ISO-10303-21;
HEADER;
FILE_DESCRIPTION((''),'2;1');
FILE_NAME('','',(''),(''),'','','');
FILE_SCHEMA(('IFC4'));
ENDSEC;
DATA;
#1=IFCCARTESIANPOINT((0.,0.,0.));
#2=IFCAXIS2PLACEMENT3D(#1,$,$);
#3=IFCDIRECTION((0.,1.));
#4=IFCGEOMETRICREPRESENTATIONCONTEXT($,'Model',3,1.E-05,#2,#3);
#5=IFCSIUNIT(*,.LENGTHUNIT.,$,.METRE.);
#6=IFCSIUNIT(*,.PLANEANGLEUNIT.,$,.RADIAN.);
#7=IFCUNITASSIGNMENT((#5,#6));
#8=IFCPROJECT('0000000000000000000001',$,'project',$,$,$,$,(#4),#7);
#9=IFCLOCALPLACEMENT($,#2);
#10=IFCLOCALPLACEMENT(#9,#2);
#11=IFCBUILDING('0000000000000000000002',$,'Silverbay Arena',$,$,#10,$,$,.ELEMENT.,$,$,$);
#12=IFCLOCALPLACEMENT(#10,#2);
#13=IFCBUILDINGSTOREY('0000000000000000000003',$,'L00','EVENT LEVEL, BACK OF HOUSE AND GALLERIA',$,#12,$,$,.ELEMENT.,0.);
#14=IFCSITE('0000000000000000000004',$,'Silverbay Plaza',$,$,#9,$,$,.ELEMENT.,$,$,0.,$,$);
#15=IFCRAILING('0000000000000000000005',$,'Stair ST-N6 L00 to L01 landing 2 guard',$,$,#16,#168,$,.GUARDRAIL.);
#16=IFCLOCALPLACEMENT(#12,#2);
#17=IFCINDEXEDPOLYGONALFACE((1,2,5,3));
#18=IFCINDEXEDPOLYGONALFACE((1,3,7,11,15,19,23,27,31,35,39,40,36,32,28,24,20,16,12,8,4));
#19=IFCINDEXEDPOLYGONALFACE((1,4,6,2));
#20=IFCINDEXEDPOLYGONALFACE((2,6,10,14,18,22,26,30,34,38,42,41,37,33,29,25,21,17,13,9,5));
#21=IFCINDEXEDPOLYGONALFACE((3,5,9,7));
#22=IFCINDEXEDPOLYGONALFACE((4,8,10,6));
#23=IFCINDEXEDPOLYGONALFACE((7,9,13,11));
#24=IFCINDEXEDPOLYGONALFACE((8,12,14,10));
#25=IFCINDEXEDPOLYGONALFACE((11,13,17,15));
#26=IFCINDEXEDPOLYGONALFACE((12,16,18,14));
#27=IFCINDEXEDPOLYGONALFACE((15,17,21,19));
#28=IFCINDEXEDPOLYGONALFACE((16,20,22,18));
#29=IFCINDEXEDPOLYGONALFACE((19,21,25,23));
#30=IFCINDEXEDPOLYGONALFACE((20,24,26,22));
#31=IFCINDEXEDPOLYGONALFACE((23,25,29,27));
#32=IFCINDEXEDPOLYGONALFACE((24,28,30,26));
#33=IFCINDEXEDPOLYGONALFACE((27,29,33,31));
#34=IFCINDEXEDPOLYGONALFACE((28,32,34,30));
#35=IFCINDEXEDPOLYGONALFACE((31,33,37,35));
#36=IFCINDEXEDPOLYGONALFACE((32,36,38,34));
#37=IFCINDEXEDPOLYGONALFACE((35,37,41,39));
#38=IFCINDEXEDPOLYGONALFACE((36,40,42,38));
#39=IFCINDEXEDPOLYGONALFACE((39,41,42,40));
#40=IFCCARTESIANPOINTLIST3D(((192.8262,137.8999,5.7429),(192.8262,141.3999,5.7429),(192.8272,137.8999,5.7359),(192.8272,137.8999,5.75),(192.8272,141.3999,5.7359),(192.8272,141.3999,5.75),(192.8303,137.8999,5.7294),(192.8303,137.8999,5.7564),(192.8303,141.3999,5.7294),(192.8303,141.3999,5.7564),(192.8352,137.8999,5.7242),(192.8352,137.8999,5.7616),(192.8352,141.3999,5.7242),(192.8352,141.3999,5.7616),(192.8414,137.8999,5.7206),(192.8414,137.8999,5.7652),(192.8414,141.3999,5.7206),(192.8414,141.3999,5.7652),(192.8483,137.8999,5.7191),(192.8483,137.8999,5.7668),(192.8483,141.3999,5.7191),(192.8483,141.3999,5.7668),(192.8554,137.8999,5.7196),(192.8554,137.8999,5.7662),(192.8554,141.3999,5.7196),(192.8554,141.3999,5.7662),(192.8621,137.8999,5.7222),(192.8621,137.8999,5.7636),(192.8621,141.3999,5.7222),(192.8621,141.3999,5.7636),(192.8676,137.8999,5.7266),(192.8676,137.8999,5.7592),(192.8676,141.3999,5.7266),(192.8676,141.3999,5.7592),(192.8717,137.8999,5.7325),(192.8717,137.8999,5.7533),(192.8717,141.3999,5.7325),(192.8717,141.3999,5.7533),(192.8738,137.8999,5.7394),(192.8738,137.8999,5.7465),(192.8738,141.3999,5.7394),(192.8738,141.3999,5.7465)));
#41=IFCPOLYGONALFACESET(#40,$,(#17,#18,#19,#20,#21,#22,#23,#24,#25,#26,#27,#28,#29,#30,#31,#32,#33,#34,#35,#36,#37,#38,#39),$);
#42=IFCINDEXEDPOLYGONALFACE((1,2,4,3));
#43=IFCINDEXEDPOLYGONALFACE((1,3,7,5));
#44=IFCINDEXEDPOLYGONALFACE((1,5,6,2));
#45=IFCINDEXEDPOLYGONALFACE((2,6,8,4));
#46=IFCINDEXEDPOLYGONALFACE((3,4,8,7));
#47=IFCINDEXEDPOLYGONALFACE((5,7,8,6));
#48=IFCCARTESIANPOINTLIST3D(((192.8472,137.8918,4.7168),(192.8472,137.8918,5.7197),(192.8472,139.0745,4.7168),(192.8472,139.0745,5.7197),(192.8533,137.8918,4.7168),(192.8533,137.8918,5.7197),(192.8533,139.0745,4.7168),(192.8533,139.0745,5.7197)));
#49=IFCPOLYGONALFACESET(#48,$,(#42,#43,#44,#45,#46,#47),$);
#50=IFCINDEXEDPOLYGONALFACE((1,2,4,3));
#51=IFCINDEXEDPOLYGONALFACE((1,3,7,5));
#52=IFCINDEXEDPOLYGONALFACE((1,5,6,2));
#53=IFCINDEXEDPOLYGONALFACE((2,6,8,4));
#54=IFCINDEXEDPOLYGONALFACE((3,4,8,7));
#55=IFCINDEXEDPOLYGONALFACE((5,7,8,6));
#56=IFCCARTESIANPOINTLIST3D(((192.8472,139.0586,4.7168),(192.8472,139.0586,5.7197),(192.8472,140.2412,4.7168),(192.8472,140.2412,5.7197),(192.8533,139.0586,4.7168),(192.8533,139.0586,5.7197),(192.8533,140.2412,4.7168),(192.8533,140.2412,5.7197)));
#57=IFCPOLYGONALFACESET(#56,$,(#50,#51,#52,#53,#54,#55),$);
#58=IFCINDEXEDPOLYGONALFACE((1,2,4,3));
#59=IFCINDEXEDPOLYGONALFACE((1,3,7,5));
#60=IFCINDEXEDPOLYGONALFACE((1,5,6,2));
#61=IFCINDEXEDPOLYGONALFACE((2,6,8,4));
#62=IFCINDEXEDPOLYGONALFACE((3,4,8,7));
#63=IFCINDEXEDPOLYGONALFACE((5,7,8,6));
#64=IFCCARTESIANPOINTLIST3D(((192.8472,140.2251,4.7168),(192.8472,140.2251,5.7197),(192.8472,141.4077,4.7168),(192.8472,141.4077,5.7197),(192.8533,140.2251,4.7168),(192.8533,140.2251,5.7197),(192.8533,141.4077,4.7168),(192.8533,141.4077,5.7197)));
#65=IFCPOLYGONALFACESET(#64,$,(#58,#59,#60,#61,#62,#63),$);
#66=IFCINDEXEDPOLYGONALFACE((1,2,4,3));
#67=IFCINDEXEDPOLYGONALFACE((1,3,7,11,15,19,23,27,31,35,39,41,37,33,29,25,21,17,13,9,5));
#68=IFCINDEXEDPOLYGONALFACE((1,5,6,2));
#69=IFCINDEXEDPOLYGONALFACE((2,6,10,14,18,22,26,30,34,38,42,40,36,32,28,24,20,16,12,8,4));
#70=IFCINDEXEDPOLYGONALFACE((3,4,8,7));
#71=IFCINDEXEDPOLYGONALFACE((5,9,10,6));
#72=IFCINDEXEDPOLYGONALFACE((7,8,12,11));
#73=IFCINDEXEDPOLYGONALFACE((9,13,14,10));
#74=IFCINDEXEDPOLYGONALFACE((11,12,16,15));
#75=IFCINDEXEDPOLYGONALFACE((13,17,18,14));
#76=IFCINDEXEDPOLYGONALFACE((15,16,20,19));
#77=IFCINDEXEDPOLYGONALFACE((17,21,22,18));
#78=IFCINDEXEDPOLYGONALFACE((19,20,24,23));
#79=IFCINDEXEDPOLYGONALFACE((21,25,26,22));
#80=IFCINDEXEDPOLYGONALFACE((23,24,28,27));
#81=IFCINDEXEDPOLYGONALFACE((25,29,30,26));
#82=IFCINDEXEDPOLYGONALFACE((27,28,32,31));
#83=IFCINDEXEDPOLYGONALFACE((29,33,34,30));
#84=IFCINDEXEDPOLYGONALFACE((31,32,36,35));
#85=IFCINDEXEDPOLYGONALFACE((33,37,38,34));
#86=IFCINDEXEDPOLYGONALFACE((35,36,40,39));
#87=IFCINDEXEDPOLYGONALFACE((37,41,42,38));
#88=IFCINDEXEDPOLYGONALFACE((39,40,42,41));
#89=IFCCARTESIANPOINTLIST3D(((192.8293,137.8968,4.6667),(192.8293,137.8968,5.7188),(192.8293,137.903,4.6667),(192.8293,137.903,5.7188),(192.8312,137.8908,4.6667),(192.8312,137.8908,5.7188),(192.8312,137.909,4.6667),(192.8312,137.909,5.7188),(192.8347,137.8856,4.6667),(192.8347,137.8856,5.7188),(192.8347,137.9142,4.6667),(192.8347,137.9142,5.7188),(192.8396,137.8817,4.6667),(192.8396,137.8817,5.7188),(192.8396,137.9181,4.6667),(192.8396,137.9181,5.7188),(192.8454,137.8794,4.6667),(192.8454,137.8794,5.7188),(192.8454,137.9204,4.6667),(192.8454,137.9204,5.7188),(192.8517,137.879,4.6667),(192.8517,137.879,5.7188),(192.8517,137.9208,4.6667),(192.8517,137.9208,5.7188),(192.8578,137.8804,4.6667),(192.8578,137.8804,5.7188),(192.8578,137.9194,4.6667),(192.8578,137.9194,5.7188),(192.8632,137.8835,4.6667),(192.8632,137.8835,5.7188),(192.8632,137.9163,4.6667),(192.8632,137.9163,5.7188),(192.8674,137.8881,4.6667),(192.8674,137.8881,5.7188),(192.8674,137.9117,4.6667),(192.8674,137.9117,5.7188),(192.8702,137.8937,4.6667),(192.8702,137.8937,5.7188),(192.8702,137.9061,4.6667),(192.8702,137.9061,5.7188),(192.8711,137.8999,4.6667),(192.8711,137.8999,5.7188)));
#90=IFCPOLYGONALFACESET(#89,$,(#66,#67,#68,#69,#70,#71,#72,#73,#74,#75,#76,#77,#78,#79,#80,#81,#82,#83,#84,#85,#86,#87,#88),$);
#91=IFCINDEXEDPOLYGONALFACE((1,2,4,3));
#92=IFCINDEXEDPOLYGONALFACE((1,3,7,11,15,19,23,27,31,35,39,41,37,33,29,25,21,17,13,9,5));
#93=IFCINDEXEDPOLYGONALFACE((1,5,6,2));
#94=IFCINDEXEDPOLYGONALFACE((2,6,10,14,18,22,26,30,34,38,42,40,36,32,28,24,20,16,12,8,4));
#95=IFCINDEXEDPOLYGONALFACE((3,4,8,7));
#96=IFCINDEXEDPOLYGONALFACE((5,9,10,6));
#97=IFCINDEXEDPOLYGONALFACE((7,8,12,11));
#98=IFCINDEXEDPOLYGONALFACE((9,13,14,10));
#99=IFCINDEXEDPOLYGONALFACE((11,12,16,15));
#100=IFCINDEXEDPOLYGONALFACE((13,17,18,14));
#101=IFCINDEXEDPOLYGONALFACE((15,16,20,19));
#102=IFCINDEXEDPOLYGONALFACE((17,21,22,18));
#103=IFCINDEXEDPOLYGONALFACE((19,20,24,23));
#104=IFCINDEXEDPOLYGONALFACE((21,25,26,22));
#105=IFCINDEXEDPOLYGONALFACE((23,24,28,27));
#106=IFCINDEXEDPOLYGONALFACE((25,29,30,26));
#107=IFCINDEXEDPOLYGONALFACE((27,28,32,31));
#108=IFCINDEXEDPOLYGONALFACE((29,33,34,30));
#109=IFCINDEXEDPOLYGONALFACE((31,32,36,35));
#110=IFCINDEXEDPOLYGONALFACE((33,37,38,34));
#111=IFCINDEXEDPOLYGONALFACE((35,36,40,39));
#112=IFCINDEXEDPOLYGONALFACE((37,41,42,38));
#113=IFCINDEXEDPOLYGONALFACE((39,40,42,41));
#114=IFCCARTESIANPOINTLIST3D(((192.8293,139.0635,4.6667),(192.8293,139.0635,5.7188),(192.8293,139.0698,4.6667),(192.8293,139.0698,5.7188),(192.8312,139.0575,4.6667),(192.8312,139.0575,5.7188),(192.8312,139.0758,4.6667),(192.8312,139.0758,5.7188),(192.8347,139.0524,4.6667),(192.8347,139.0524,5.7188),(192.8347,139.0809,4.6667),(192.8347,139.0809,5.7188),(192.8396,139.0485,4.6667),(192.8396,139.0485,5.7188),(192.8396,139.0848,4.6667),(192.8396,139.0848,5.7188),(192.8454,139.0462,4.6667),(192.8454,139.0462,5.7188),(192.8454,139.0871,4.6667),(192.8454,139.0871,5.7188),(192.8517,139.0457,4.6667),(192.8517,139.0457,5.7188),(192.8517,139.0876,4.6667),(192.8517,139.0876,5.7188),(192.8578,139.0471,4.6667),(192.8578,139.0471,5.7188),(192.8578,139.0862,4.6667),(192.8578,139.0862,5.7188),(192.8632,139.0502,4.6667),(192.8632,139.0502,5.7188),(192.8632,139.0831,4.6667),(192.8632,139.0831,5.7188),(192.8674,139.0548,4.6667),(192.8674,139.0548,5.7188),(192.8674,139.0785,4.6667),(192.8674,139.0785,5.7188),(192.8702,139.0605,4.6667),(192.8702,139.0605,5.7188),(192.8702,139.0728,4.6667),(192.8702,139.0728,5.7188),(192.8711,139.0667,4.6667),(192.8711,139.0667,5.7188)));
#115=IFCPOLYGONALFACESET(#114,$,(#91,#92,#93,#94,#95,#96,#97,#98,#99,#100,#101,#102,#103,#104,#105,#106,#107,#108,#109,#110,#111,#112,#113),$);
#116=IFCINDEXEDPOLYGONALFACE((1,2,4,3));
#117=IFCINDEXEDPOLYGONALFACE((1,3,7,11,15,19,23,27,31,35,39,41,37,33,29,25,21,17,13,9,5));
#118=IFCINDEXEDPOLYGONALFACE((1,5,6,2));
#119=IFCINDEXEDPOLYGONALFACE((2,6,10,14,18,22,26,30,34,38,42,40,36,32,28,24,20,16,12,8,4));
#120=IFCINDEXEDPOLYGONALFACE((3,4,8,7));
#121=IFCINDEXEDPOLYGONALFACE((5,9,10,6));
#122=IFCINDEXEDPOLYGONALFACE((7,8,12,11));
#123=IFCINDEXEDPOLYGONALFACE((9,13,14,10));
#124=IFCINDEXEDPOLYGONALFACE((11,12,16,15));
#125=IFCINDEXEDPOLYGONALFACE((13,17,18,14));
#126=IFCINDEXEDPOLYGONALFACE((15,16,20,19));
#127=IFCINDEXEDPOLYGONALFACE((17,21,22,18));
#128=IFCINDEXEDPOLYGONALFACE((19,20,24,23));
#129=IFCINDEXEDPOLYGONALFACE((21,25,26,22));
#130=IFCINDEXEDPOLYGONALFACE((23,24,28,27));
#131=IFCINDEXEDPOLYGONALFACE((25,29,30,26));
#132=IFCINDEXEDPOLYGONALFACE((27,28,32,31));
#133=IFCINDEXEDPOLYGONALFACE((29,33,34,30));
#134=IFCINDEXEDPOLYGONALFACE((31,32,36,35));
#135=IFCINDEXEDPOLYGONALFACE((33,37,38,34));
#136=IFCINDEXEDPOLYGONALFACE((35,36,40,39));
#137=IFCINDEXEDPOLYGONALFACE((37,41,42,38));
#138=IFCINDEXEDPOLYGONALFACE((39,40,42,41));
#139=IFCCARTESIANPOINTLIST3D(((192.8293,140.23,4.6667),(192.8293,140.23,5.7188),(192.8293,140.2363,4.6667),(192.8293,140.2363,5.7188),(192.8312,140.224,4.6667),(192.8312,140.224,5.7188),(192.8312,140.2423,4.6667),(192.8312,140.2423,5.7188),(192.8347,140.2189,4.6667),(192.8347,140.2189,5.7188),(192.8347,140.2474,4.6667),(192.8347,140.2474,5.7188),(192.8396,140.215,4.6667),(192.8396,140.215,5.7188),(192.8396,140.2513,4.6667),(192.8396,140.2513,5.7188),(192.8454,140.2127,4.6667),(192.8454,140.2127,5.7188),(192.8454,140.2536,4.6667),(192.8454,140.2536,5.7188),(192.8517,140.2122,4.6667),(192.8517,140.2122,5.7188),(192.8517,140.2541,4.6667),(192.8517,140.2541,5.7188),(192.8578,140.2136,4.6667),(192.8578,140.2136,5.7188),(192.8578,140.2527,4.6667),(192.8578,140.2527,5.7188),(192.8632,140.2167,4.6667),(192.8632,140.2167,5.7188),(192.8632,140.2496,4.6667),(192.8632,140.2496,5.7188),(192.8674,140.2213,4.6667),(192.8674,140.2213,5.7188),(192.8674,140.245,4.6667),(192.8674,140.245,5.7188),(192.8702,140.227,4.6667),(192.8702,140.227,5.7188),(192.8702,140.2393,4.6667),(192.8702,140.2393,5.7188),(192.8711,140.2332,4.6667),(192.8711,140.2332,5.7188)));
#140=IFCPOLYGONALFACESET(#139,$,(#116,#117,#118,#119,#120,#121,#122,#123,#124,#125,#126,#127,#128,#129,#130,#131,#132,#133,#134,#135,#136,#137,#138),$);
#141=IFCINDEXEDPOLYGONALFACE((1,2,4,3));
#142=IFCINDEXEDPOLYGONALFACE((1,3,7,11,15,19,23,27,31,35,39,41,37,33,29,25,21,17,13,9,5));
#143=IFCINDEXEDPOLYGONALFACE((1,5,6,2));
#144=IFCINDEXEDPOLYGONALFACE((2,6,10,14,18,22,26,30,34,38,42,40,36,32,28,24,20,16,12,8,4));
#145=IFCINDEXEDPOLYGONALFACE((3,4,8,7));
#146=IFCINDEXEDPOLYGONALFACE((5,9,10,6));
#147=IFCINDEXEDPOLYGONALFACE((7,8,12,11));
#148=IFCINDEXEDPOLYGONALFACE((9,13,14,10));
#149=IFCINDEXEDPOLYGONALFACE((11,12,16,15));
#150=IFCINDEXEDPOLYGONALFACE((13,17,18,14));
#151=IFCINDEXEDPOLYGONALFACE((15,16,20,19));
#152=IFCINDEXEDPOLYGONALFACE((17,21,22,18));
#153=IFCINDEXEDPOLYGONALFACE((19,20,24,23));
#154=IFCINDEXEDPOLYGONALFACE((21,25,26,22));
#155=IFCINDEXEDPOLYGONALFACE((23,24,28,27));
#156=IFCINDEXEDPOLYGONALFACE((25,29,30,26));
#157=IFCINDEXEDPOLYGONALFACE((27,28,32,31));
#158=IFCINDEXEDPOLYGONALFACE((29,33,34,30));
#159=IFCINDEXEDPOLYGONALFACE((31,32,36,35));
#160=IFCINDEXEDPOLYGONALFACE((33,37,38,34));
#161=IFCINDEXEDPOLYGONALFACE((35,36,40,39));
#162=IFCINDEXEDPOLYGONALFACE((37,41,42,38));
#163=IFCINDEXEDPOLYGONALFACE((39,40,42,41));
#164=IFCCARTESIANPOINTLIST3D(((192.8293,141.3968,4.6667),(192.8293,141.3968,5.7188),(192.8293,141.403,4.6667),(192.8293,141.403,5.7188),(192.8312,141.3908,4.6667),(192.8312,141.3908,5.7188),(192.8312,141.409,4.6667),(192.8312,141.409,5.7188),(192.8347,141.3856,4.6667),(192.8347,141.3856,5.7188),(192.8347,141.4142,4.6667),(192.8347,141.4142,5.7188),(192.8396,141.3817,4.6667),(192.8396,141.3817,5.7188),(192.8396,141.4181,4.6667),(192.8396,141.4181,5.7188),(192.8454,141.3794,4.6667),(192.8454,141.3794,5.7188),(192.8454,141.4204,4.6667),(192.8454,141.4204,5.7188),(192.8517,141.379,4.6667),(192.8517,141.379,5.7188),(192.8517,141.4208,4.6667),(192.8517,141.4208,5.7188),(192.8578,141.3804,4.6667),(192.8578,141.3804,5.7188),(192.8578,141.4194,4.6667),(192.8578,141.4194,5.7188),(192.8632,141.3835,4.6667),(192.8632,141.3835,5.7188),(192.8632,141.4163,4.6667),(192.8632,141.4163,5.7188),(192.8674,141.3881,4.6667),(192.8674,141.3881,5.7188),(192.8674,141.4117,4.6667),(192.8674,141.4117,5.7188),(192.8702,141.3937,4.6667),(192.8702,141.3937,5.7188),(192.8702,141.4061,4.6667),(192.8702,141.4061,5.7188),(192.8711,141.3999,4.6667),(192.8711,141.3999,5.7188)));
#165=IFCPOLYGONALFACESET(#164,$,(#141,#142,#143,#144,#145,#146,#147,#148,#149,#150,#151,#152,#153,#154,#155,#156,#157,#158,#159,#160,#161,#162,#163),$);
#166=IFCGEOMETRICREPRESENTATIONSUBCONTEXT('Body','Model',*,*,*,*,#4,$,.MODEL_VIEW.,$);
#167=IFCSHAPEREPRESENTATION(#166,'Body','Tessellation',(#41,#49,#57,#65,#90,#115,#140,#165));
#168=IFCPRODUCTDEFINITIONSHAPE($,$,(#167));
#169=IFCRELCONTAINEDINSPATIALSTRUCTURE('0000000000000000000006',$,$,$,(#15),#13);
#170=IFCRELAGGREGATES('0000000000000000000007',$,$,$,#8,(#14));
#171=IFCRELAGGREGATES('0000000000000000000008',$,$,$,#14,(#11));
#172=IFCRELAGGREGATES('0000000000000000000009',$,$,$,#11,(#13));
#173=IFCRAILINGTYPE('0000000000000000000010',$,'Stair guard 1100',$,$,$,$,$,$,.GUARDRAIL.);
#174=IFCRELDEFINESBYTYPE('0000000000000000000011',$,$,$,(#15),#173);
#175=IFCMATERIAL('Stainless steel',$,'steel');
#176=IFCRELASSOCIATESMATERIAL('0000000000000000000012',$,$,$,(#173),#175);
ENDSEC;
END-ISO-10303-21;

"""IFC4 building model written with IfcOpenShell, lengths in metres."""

from ifc_helpers import new_model, si_unit, direction, frame, origin, origin_2d, place, context, subcontext, project, spatial, polyline, circle, outline, extrude, material, type_object, element, save


model = new_model("IFC4")

# Units and contexts
model_context = context("Model", 3, precision=1e-05, world=origin(), true_north=direction((0.0, 1.0)))
body_context = subcontext(model_context, "Body", "Model", "MODEL_VIEW")
ifc_project = project(units=[si_unit("LENGTHUNIT", "METRE"), si_unit("PLANEANGLEUNIT", "RADIAN")], contexts=[model_context])

# Site, building, storey
site_placement = place(None, origin())
site = spatial("IfcSite", under=ifc_project, at=site_placement, Name="Silverbay Plaza", CompositionType="ELEMENT", RefElevation=0.0)
building_placement = place(site_placement, origin())
building = spatial("IfcBuilding", under=site, at=building_placement, Name="Silverbay Arena", CompositionType="ELEMENT")
storey_placement = place(building_placement, origin())
storey = spatial("IfcBuildingStorey", under=building, at=storey_placement, Name="L00", Description="EVENT LEVEL, BACK OF HOUSE AND GALLERIA", CompositionType="ELEMENT", Elevation=0.0)

# Railing
ifc_material_1 = material(Name="Stainless steel", Category="steel")
railing_type_1 = type_object("IfcRailingType", Name="Stair guard 1100", PredefinedType="GUARDRAIL", material=ifc_material_1)
for number, where, name in (
    (1, (192.8501, 137.8999, 4.6667), "Stair ST-N6 L00 to L01 landing 2 guard"),
):
    element("IfcRailing", number, at=place(storey_placement, frame(where)), inside=storey, type_object=railing_type_1, Name=name, PredefinedType="GUARDRAIL", context=body_context, shape_type="SweptSolid", body=[
        extrude(circle(Radius=0.0239, at=origin_2d()), frame((0.0, 0.0, 1.0762), z_axis=(0.0, 1.0, 0.0), x_axis=(-1.0, 0.0, 0.0)), (0.0, 0.0, 1.0), 3.5),
        extrude(outline(polyline([(-0.0081, 0.05), (1.1746, 0.05), (1.1746, 1.053), (-0.0081, 1.053), (-0.0081, 0.05)])), frame((-0.0029, 0.0, 0.0), z_axis=(1.0, 0.0, 0.0), x_axis=(0.0, 1.0, 0.0)), (0.0, 0.0, 1.0), 0.0061),
        extrude(outline(polyline([(-0.0081, 0.05), (1.1746, 0.05), (1.1746, 1.053), (-0.0081, 1.053), (-0.0081, 0.05)])), frame((-0.0029, 1.1667, 0.0), z_axis=(1.0, 0.0, 0.0), x_axis=(0.0, 1.0, 0.0)), (0.0, 0.0, 1.0), 0.0061),
        extrude(outline(polyline([(-0.0081, 0.05), (1.1746, 0.05), (1.1746, 1.053), (-0.0081, 1.053), (-0.0081, 0.05)])), frame((-0.0029, 2.3333, 0.0), z_axis=(1.0, 0.0, 0.0), x_axis=(0.0, 1.0, 0.0)), (0.0, 0.0, 1.0), 0.0061),
        extrude(circle(Radius=0.021, at=origin_2d()), origin(), (0.0, 0.0, 1.0), 1.052),
        extrude(circle(Radius=0.021, at=origin_2d()), frame((0.0, 1.1667, 0.0)), (0.0, 0.0, 1.0), 1.052),
        extrude(circle(Radius=0.021, at=origin_2d()), frame((0.0, 2.3333, 0.0)), (0.0, 0.0, 1.0), 1.052),
        extrude(circle(Radius=0.021, at=origin_2d()), frame((0.0, 3.5, 0.0)), (0.0, 0.0, 1.0), 1.052),
    ])

save(model, "model.ifc")
